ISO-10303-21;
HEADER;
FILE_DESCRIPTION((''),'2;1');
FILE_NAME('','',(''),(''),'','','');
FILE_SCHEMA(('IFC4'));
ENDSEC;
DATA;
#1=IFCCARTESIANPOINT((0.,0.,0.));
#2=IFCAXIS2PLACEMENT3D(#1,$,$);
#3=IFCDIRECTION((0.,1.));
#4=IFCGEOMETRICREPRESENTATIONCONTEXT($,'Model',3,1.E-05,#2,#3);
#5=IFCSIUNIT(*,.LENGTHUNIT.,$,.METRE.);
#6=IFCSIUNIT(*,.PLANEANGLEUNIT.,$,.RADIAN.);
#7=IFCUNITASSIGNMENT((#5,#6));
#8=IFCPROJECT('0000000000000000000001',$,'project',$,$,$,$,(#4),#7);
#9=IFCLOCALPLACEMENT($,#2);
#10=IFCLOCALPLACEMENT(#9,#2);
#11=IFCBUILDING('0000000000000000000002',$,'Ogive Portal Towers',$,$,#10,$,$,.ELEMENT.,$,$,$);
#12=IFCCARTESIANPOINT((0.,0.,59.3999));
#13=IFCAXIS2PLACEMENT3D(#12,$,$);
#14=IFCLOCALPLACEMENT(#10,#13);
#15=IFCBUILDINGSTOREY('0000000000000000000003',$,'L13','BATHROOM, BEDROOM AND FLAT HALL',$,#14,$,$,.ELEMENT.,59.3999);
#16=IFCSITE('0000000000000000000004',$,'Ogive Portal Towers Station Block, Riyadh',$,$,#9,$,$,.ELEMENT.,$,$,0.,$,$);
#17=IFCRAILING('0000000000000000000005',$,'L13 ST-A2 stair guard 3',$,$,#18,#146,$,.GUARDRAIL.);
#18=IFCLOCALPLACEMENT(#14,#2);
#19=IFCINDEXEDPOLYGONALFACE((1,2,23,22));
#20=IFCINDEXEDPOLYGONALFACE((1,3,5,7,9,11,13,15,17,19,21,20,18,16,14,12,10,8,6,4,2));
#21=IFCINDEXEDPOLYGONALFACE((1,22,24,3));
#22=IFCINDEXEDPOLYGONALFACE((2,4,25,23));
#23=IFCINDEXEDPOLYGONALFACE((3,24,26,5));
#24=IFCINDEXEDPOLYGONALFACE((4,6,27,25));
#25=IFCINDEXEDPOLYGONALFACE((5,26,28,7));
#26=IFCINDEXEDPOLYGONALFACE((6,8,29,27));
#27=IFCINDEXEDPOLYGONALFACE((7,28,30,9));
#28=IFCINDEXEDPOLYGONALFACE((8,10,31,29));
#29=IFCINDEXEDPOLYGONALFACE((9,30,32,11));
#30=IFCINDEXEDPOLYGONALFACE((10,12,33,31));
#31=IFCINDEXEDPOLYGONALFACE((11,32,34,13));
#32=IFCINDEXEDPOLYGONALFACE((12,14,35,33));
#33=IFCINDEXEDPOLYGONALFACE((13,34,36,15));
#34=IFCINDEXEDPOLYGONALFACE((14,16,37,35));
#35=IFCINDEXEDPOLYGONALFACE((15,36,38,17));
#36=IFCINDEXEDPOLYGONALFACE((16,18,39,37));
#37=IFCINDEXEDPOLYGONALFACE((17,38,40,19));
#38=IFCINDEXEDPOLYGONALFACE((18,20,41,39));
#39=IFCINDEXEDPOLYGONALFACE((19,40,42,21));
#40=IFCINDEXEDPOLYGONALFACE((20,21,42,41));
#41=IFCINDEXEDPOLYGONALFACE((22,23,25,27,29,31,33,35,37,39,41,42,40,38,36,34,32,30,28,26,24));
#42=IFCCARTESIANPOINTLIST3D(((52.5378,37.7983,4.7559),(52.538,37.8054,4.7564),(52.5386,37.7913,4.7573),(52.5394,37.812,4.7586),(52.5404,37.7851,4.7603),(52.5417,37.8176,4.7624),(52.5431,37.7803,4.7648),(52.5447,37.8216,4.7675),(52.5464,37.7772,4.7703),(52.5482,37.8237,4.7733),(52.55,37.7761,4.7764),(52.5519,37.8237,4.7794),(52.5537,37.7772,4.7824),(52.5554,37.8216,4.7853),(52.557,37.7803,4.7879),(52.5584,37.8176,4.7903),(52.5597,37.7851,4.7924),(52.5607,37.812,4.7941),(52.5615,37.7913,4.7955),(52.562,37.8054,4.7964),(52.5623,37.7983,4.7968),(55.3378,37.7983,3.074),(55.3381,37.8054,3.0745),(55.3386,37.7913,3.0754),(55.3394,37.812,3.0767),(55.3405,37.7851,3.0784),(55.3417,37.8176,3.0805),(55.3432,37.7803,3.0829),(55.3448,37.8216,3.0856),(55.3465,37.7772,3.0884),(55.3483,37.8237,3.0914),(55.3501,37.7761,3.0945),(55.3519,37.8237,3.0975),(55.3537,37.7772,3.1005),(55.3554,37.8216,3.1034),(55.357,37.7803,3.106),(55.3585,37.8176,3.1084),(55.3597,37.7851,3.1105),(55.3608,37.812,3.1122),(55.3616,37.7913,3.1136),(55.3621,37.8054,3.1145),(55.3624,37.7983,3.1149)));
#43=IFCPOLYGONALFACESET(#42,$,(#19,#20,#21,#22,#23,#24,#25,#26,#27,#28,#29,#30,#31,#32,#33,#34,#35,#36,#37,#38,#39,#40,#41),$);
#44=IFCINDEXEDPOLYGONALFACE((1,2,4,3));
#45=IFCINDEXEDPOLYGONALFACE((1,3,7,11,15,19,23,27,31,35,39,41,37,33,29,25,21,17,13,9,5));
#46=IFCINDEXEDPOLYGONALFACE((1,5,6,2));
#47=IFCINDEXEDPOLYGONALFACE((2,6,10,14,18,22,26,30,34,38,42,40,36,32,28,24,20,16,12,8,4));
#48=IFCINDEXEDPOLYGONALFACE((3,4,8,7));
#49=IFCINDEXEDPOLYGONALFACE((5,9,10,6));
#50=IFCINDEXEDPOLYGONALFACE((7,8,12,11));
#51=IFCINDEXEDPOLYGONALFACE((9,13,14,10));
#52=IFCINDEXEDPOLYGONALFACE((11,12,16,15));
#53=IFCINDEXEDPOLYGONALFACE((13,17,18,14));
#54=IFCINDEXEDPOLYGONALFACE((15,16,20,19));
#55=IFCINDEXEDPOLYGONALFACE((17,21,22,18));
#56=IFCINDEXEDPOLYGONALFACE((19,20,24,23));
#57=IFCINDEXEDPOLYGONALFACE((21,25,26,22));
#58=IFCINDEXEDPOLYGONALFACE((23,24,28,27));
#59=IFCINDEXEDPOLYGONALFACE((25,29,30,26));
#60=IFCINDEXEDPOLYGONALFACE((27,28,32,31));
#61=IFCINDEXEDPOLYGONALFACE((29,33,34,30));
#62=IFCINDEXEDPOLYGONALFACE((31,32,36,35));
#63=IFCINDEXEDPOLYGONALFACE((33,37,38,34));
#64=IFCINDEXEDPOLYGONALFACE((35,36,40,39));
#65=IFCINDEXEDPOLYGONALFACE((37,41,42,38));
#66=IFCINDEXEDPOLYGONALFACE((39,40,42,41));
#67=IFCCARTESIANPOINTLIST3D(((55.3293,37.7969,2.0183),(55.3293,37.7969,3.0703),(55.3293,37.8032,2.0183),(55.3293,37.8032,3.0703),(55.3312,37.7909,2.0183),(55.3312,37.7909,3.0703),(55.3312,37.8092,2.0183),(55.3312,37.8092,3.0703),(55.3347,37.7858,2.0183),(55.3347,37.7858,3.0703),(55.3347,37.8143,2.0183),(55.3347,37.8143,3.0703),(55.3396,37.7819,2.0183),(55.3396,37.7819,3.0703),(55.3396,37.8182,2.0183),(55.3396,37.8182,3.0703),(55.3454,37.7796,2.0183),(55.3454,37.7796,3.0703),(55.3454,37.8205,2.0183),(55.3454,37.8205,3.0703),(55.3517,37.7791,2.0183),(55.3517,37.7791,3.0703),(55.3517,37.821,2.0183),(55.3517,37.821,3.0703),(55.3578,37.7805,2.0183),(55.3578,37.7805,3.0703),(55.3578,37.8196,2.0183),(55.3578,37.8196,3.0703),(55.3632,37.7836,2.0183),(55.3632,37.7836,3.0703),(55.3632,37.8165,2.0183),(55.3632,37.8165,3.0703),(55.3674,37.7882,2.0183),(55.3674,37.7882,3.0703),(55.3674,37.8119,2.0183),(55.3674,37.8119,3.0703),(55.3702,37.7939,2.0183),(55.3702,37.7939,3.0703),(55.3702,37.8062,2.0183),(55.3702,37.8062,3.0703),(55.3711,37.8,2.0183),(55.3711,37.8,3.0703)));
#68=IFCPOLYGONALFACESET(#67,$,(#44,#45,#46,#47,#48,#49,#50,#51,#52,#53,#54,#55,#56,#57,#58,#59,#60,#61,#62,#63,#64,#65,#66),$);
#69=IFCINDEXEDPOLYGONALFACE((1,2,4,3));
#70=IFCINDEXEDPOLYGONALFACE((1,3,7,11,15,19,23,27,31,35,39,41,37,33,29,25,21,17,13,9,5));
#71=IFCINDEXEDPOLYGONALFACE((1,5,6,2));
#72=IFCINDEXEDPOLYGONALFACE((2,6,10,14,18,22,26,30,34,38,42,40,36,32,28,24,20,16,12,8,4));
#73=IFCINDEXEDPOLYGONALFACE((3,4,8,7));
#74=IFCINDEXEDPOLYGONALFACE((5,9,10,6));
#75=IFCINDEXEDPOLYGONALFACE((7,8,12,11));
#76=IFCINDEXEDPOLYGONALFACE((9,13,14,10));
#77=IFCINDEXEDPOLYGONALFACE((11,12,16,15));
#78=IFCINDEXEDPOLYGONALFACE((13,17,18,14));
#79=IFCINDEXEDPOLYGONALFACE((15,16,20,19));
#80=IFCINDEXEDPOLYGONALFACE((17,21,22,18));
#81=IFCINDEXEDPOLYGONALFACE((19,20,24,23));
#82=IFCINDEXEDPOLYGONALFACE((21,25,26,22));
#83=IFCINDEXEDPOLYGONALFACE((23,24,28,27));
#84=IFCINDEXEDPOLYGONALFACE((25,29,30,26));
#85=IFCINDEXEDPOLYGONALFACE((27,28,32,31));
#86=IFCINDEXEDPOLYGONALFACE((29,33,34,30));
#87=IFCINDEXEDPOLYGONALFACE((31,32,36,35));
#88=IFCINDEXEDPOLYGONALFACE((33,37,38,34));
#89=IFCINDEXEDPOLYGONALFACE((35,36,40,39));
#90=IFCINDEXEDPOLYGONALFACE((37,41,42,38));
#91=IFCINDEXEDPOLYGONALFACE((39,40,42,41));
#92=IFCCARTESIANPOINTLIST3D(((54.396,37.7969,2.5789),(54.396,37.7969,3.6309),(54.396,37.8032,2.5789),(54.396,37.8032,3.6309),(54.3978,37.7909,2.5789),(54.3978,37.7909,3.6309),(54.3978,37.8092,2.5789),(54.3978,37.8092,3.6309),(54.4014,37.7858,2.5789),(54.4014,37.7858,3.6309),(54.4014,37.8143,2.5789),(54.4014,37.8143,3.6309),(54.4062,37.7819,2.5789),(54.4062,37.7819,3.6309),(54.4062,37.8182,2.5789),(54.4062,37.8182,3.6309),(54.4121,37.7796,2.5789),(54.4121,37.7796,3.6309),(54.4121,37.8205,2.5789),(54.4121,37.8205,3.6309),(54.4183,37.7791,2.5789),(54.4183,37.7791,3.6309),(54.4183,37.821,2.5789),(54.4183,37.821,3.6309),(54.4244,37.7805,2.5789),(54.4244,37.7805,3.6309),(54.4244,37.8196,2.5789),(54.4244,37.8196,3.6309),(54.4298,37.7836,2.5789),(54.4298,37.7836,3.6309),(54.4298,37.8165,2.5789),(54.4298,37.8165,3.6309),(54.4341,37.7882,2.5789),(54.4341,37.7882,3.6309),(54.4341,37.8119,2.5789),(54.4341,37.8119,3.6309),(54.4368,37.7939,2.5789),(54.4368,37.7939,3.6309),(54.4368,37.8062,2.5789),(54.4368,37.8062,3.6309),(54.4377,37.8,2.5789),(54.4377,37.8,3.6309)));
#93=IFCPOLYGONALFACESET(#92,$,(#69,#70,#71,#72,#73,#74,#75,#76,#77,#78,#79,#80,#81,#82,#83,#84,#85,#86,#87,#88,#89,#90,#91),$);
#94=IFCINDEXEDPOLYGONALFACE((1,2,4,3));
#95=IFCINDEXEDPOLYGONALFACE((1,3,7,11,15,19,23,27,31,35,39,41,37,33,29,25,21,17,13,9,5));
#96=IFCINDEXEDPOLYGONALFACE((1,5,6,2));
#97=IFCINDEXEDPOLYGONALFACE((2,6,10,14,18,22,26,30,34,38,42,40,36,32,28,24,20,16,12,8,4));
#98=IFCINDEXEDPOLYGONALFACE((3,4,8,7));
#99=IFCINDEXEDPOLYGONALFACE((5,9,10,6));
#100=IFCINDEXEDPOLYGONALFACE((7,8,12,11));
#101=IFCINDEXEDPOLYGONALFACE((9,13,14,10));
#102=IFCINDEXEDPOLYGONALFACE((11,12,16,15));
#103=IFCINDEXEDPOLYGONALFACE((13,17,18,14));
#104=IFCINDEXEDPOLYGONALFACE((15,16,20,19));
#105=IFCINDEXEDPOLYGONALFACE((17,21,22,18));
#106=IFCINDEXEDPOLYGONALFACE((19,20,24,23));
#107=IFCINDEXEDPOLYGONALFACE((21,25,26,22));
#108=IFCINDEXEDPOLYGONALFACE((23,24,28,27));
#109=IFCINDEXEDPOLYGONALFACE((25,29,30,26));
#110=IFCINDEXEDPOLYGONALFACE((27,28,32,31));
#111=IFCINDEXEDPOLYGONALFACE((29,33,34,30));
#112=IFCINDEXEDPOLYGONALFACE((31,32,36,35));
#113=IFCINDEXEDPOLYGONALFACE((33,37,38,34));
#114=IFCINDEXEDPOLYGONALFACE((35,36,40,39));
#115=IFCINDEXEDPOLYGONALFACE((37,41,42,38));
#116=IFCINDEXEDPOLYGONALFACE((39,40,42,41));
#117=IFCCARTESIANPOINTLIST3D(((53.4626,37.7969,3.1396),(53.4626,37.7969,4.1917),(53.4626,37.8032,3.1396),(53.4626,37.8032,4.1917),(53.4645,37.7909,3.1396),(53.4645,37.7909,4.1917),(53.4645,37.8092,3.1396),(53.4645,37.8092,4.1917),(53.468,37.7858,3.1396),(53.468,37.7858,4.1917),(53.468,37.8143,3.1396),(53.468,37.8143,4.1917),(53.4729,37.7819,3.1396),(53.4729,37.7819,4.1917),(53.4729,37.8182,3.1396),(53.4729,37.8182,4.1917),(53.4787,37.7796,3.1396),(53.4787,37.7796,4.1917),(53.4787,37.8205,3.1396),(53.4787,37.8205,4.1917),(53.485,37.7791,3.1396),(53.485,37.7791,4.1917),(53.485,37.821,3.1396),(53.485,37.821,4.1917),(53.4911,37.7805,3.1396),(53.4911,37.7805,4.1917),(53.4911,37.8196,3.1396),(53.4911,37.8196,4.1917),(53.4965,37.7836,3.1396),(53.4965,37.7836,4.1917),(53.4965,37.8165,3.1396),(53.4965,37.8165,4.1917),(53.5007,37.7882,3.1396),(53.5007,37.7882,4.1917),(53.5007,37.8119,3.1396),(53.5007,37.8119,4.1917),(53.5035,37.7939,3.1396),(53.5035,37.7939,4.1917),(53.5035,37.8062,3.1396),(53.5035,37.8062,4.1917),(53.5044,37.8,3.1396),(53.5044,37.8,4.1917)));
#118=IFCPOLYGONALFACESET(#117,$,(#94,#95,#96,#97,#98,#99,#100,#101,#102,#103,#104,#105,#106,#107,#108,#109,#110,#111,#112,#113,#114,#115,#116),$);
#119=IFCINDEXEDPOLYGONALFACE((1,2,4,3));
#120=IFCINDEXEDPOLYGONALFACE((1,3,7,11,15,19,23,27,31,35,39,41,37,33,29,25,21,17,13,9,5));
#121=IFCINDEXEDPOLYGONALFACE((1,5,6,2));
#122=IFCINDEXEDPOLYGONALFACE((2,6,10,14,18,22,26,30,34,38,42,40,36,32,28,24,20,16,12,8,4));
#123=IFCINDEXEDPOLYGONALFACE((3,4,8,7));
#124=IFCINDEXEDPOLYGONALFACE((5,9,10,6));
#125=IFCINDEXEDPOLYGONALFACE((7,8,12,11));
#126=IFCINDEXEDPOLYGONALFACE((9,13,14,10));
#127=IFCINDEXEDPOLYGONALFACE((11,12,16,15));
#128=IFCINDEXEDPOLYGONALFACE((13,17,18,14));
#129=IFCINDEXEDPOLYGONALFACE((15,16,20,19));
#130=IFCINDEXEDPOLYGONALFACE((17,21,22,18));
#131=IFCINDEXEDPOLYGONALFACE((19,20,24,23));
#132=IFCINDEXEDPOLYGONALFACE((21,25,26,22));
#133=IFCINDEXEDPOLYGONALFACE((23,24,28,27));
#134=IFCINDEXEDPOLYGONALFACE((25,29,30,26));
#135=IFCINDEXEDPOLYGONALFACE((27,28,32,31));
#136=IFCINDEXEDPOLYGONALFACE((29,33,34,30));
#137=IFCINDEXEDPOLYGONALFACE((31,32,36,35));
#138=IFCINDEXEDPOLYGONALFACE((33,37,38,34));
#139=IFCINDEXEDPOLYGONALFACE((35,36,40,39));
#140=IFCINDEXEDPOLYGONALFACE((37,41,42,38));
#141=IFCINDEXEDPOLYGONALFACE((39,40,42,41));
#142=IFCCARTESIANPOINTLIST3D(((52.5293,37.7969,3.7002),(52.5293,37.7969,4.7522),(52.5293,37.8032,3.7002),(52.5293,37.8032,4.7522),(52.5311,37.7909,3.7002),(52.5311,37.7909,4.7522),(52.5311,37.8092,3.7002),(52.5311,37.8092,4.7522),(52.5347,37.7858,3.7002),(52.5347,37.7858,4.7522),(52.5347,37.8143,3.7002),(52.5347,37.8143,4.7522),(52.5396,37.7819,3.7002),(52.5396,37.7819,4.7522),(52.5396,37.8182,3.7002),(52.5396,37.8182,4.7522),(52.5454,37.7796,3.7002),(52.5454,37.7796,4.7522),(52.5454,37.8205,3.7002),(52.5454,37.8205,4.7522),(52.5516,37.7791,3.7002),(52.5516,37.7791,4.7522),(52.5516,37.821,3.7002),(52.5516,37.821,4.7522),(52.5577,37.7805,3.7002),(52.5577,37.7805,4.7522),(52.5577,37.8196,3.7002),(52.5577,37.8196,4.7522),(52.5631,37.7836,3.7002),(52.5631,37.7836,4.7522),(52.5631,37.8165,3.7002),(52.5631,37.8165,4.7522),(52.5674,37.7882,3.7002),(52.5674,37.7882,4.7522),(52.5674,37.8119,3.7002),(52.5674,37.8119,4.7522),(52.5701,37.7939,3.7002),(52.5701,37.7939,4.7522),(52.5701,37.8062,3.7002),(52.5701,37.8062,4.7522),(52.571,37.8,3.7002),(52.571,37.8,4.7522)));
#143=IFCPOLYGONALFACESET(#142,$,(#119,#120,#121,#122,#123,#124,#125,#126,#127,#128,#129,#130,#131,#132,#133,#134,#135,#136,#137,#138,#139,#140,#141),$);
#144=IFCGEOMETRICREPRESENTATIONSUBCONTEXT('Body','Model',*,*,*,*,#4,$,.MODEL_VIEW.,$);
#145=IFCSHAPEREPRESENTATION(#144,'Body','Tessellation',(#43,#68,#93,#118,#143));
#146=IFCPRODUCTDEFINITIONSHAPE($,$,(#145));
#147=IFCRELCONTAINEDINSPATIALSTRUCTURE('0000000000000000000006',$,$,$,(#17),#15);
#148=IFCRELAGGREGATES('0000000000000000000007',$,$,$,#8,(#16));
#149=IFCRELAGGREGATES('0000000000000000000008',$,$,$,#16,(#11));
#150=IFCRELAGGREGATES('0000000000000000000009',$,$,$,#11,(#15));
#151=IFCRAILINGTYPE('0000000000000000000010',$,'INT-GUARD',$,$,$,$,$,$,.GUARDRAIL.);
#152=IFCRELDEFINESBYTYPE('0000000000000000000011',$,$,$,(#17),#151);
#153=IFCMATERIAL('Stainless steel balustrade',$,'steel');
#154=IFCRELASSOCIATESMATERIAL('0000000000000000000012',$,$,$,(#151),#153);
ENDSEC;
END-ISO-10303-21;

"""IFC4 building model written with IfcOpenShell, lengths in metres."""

from ifc_helpers import new_model, si_unit, direction, frame, origin, origin_2d, place, context, subcontext, project, spatial, circle, extrude, material, type_object, element, save


model = new_model("IFC4")

# Units and contexts
model_context = context("Model", 3, precision=1e-05, world=origin(), true_north=direction((0.0, 1.0)))
body_context = subcontext(model_context, "Body", "Model", "MODEL_VIEW")
ifc_project = project(units=[si_unit("LENGTHUNIT", "METRE"), si_unit("PLANEANGLEUNIT", "RADIAN")], contexts=[model_context])

# Site, building, storey
site_placement = place(None, origin())
site = spatial("IfcSite", under=ifc_project, at=site_placement, Name="Ogive Portal Towers Station Block, Riyadh", CompositionType="ELEMENT", RefElevation=0.0)
building_placement = place(site_placement, origin())
building = spatial("IfcBuilding", under=site, at=building_placement, Name="Ogive Portal Towers", CompositionType="ELEMENT")
storey_placement = place(building_placement, frame((0.0, 0.0, 59.3999)))
storey = spatial("IfcBuildingStorey", under=building, at=storey_placement, Name="L13", Description="BATHROOM, BEDROOM AND FLAT HALL", CompositionType="ELEMENT", Elevation=59.3999)

# Railing
ifc_material_1 = material(Name="Stainless steel balustrade", Category="steel")
railing_type_1 = type_object("IfcRailingType", Name="INT-GUARD", PredefinedType="GUARDRAIL", material=ifc_material_1)
railing_1_placement = place(storey_placement, frame((55.3501, 37.8, 2.0183)))
element("IfcRailing", 1, at=railing_1_placement, inside=storey, type_object=railing_type_1, Name="L13 ST-A2 stair guard 3", PredefinedType="GUARDRAIL", context=body_context, shape_type="SweptSolid", body=[
    extrude(circle(Radius=0.0239, at=origin_2d()), frame((0.0, 0.0, 1.0762), z_axis=(-0.857242, 0.0, 0.514913), x_axis=(0.0, -1.0, 0.0)), (0.0, 0.0, 1.0), 3.2664),
    extrude(circle(Radius=0.021, at=origin_2d()), origin(), (0.0, 0.0, 1.0), 1.052),
    extrude(circle(Radius=0.021, at=origin_2d()), frame((-0.9333, 0.0, 0.5605)), (0.0, 0.0, 1.0), 1.052),
    extrude(circle(Radius=0.021, at=origin_2d()), frame((-1.8667, 0.0, 1.1213)), (0.0, 0.0, 1.0), 1.052),
    extrude(circle(Radius=0.021, at=origin_2d()), frame((-2.8, 0.0, 1.6819)), (0.0, 0.0, 1.0), 1.052),
])

save(model, "model.ifc")
